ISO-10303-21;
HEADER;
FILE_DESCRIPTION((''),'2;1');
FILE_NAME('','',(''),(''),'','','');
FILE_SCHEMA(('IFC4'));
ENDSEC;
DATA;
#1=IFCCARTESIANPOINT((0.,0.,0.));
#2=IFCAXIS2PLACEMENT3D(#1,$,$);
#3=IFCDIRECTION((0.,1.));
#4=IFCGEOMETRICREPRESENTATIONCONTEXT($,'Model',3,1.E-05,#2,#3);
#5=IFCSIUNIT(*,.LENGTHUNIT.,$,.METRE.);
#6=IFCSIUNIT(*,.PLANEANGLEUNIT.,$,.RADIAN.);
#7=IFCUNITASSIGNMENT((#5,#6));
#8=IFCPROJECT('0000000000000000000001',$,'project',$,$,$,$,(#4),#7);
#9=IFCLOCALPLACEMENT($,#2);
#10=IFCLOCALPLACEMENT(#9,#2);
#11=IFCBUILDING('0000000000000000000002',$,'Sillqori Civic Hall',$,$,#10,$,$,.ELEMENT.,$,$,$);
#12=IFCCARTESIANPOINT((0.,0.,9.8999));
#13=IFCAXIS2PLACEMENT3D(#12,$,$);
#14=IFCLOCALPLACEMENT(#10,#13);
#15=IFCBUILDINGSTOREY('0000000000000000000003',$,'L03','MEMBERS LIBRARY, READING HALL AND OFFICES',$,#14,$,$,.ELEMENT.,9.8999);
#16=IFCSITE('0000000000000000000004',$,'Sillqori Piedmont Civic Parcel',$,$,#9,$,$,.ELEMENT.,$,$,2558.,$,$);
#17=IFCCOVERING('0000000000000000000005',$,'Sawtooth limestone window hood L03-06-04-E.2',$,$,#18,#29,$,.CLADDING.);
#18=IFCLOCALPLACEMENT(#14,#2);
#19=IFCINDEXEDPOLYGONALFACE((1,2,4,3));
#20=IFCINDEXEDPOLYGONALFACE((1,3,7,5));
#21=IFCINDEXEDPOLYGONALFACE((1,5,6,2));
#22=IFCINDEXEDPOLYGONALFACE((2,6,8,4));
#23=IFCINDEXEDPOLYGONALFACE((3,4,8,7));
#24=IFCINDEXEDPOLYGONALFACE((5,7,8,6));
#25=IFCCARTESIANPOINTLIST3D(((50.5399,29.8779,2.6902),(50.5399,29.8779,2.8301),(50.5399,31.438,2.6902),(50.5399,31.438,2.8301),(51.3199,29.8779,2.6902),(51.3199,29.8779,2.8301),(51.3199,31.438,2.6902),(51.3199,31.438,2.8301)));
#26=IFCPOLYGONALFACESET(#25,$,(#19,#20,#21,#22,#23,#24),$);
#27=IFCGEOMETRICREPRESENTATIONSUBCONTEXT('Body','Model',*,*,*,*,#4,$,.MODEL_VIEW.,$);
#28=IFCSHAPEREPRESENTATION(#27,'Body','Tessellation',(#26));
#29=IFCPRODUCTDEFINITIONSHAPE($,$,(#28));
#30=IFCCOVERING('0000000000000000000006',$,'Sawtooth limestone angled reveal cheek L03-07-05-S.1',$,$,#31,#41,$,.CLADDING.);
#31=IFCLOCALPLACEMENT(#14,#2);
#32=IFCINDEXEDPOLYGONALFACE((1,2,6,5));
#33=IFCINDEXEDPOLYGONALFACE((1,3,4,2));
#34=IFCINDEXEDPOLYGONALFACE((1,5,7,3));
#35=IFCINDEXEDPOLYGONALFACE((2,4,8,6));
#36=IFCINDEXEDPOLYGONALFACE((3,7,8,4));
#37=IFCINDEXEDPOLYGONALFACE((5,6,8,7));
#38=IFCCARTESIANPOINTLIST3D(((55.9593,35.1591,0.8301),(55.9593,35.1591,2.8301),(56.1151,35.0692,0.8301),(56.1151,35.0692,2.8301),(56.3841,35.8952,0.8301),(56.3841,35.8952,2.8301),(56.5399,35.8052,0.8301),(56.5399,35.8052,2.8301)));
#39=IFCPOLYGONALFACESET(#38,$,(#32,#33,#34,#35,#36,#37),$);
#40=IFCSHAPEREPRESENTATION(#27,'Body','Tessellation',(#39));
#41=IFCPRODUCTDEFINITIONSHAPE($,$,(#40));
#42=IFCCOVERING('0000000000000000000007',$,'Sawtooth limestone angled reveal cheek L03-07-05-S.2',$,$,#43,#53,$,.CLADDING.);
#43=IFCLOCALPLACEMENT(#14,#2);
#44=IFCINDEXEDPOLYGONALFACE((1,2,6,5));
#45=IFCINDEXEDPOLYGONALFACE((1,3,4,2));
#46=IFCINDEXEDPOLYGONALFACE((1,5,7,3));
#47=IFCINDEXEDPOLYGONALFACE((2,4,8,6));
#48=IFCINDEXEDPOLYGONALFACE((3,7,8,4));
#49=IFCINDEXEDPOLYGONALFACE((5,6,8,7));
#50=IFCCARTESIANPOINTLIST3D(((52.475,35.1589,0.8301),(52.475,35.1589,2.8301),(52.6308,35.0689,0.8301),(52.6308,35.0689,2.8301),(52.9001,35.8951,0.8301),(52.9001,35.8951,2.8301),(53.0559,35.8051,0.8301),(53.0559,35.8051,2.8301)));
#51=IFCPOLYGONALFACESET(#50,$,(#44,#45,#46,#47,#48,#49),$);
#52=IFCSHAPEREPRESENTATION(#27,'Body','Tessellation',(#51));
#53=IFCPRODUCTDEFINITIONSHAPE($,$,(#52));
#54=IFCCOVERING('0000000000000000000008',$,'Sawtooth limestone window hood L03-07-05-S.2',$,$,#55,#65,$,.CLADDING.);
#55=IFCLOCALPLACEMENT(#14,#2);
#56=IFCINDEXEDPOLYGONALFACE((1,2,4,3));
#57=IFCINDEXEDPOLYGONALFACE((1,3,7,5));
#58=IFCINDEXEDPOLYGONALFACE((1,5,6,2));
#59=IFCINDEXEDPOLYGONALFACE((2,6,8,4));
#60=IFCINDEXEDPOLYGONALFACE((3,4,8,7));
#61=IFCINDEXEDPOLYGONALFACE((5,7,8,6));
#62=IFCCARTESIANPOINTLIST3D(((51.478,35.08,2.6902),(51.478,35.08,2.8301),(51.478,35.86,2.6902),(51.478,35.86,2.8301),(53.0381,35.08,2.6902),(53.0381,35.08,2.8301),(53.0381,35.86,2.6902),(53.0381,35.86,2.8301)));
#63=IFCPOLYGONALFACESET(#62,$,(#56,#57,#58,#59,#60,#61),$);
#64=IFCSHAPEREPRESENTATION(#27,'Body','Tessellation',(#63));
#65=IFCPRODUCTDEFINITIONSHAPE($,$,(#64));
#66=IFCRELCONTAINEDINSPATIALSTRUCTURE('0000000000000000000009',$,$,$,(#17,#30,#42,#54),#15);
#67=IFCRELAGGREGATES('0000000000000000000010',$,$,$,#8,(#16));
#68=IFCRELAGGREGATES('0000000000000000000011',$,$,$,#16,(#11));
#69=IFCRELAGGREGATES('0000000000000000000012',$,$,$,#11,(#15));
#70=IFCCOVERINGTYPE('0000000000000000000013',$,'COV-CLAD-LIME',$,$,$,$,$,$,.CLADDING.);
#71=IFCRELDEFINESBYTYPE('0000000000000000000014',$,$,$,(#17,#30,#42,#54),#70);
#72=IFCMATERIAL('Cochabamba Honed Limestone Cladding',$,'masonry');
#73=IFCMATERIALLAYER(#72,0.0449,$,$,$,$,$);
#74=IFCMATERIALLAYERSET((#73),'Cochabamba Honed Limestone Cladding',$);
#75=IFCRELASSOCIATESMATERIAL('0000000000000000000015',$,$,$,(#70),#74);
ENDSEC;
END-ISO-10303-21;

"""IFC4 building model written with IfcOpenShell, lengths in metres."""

from ifc_helpers import new_model, si_unit, direction, frame, frame_2d, origin, place, context, subcontext, project, spatial, rectangle, extrude, material, layer, layer_set, type_object, element, save


model = new_model("IFC4")

# Units and contexts
model_context = context("Model", 3, precision=1e-05, world=origin(), true_north=direction((0.0, 1.0)))
body_context = subcontext(model_context, "Body", "Model", "MODEL_VIEW")
ifc_project = project(units=[si_unit("LENGTHUNIT", "METRE"), si_unit("PLANEANGLEUNIT", "RADIAN")], contexts=[model_context])

# Site, building, storey
site_placement = place(None, origin())
site = spatial("IfcSite", under=ifc_project, at=site_placement, Name="Sillqori Piedmont Civic Parcel", CompositionType="ELEMENT", RefElevation=2558.0)
building_placement = place(site_placement, origin())
building = spatial("IfcBuilding", under=site, at=building_placement, Name="Sillqori Civic Hall", CompositionType="ELEMENT")
storey_placement = place(building_placement, frame((0.0, 0.0, 9.8999)))
storey = spatial("IfcBuildingStorey", under=building, at=storey_placement, Name="L03", Description="MEMBERS LIBRARY, READING HALL AND OFFICES", CompositionType="ELEMENT", Elevation=9.8999)

# Coverings
ifc_material_1 = material(Name="Cochabamba Honed Limestone Cladding", Category="masonry")
ifc_layer_1 = layer(ifc_material_1, 0.0449)
ifc_layer_set_1 = layer_set([ifc_layer_1], Name="Cochabamba Honed Limestone Cladding")
covering_type = type_object("IfcCoveringType", Name="COV-CLAD-LIME", PredefinedType="CLADDING", material=ifc_layer_set_1)
covering_1_placement = place(storey_placement, frame((50.9299, 31.438, 2.6902), z_axis=(0.0, 0.0, 1.0), x_axis=(0.0, -1.0, 0.0)))
element("IfcCovering", 1, at=covering_1_placement, inside=storey, type_object=covering_type, Name="Sawtooth limestone window hood L03-06-04-E.2", PredefinedType="CLADDING", context=body_context, shape_type="SweptSolid", body=[
    extrude(rectangle(XDim=1.5601, YDim=0.78, at=frame_2d((0.78, 0.0))), origin(), (0.0, 0.0, 1.0), 0.1399),
])
covering_2_placement = place(storey_placement, frame((56.4619, 35.8501, 0.8301), z_axis=(0.0, 0.0, 1.0), x_axis=(-0.499847, -0.866114, 0.0)))
element("IfcCovering", 2, at=covering_2_placement, inside=storey, type_object=covering_type, Name="Sawtooth limestone angled reveal cheek L03-07-05-S.1", PredefinedType="CLADDING", context=body_context, shape_type="SweptSolid", body=[
    extrude(rectangle(XDim=0.8499, YDim=0.1799, at=frame_2d((0.4248, 0.0))), origin(), (0.0, 0.0, 1.0), 2.0),
])
covering_3_placement = place(storey_placement, frame((52.978, 35.8501, 0.8301), z_axis=(0.0, 0.0, 1.0), x_axis=(-0.500062, -0.865989, 0.0)))
element("IfcCovering", 3, at=covering_3_placement, inside=storey, type_object=covering_type, Name="Sawtooth limestone angled reveal cheek L03-07-05-S.2", PredefinedType="CLADDING", context=body_context, shape_type="SweptSolid", body=[
    extrude(rectangle(XDim=0.8501, YDim=0.1799, at=frame_2d((0.425, 0.0))), origin(), (0.0, 0.0, 1.0), 2.0),
])
covering_4_placement = place(storey_placement, frame((53.0381, 35.47, 2.6902), z_axis=(0.0, 0.0, 1.0), x_axis=(-1.0, 0.0, 0.0)))
element("IfcCovering", 4, at=covering_4_placement, inside=storey, type_object=covering_type, Name="Sawtooth limestone window hood L03-07-05-S.2", PredefinedType="CLADDING", context=body_context, shape_type="SweptSolid", body=[
    extrude(rectangle(XDim=1.5601, YDim=0.78, at=frame_2d((0.78, 0.0))), origin(), (0.0, 0.0, 1.0), 0.1399),
])

save(model, "model.ifc")
